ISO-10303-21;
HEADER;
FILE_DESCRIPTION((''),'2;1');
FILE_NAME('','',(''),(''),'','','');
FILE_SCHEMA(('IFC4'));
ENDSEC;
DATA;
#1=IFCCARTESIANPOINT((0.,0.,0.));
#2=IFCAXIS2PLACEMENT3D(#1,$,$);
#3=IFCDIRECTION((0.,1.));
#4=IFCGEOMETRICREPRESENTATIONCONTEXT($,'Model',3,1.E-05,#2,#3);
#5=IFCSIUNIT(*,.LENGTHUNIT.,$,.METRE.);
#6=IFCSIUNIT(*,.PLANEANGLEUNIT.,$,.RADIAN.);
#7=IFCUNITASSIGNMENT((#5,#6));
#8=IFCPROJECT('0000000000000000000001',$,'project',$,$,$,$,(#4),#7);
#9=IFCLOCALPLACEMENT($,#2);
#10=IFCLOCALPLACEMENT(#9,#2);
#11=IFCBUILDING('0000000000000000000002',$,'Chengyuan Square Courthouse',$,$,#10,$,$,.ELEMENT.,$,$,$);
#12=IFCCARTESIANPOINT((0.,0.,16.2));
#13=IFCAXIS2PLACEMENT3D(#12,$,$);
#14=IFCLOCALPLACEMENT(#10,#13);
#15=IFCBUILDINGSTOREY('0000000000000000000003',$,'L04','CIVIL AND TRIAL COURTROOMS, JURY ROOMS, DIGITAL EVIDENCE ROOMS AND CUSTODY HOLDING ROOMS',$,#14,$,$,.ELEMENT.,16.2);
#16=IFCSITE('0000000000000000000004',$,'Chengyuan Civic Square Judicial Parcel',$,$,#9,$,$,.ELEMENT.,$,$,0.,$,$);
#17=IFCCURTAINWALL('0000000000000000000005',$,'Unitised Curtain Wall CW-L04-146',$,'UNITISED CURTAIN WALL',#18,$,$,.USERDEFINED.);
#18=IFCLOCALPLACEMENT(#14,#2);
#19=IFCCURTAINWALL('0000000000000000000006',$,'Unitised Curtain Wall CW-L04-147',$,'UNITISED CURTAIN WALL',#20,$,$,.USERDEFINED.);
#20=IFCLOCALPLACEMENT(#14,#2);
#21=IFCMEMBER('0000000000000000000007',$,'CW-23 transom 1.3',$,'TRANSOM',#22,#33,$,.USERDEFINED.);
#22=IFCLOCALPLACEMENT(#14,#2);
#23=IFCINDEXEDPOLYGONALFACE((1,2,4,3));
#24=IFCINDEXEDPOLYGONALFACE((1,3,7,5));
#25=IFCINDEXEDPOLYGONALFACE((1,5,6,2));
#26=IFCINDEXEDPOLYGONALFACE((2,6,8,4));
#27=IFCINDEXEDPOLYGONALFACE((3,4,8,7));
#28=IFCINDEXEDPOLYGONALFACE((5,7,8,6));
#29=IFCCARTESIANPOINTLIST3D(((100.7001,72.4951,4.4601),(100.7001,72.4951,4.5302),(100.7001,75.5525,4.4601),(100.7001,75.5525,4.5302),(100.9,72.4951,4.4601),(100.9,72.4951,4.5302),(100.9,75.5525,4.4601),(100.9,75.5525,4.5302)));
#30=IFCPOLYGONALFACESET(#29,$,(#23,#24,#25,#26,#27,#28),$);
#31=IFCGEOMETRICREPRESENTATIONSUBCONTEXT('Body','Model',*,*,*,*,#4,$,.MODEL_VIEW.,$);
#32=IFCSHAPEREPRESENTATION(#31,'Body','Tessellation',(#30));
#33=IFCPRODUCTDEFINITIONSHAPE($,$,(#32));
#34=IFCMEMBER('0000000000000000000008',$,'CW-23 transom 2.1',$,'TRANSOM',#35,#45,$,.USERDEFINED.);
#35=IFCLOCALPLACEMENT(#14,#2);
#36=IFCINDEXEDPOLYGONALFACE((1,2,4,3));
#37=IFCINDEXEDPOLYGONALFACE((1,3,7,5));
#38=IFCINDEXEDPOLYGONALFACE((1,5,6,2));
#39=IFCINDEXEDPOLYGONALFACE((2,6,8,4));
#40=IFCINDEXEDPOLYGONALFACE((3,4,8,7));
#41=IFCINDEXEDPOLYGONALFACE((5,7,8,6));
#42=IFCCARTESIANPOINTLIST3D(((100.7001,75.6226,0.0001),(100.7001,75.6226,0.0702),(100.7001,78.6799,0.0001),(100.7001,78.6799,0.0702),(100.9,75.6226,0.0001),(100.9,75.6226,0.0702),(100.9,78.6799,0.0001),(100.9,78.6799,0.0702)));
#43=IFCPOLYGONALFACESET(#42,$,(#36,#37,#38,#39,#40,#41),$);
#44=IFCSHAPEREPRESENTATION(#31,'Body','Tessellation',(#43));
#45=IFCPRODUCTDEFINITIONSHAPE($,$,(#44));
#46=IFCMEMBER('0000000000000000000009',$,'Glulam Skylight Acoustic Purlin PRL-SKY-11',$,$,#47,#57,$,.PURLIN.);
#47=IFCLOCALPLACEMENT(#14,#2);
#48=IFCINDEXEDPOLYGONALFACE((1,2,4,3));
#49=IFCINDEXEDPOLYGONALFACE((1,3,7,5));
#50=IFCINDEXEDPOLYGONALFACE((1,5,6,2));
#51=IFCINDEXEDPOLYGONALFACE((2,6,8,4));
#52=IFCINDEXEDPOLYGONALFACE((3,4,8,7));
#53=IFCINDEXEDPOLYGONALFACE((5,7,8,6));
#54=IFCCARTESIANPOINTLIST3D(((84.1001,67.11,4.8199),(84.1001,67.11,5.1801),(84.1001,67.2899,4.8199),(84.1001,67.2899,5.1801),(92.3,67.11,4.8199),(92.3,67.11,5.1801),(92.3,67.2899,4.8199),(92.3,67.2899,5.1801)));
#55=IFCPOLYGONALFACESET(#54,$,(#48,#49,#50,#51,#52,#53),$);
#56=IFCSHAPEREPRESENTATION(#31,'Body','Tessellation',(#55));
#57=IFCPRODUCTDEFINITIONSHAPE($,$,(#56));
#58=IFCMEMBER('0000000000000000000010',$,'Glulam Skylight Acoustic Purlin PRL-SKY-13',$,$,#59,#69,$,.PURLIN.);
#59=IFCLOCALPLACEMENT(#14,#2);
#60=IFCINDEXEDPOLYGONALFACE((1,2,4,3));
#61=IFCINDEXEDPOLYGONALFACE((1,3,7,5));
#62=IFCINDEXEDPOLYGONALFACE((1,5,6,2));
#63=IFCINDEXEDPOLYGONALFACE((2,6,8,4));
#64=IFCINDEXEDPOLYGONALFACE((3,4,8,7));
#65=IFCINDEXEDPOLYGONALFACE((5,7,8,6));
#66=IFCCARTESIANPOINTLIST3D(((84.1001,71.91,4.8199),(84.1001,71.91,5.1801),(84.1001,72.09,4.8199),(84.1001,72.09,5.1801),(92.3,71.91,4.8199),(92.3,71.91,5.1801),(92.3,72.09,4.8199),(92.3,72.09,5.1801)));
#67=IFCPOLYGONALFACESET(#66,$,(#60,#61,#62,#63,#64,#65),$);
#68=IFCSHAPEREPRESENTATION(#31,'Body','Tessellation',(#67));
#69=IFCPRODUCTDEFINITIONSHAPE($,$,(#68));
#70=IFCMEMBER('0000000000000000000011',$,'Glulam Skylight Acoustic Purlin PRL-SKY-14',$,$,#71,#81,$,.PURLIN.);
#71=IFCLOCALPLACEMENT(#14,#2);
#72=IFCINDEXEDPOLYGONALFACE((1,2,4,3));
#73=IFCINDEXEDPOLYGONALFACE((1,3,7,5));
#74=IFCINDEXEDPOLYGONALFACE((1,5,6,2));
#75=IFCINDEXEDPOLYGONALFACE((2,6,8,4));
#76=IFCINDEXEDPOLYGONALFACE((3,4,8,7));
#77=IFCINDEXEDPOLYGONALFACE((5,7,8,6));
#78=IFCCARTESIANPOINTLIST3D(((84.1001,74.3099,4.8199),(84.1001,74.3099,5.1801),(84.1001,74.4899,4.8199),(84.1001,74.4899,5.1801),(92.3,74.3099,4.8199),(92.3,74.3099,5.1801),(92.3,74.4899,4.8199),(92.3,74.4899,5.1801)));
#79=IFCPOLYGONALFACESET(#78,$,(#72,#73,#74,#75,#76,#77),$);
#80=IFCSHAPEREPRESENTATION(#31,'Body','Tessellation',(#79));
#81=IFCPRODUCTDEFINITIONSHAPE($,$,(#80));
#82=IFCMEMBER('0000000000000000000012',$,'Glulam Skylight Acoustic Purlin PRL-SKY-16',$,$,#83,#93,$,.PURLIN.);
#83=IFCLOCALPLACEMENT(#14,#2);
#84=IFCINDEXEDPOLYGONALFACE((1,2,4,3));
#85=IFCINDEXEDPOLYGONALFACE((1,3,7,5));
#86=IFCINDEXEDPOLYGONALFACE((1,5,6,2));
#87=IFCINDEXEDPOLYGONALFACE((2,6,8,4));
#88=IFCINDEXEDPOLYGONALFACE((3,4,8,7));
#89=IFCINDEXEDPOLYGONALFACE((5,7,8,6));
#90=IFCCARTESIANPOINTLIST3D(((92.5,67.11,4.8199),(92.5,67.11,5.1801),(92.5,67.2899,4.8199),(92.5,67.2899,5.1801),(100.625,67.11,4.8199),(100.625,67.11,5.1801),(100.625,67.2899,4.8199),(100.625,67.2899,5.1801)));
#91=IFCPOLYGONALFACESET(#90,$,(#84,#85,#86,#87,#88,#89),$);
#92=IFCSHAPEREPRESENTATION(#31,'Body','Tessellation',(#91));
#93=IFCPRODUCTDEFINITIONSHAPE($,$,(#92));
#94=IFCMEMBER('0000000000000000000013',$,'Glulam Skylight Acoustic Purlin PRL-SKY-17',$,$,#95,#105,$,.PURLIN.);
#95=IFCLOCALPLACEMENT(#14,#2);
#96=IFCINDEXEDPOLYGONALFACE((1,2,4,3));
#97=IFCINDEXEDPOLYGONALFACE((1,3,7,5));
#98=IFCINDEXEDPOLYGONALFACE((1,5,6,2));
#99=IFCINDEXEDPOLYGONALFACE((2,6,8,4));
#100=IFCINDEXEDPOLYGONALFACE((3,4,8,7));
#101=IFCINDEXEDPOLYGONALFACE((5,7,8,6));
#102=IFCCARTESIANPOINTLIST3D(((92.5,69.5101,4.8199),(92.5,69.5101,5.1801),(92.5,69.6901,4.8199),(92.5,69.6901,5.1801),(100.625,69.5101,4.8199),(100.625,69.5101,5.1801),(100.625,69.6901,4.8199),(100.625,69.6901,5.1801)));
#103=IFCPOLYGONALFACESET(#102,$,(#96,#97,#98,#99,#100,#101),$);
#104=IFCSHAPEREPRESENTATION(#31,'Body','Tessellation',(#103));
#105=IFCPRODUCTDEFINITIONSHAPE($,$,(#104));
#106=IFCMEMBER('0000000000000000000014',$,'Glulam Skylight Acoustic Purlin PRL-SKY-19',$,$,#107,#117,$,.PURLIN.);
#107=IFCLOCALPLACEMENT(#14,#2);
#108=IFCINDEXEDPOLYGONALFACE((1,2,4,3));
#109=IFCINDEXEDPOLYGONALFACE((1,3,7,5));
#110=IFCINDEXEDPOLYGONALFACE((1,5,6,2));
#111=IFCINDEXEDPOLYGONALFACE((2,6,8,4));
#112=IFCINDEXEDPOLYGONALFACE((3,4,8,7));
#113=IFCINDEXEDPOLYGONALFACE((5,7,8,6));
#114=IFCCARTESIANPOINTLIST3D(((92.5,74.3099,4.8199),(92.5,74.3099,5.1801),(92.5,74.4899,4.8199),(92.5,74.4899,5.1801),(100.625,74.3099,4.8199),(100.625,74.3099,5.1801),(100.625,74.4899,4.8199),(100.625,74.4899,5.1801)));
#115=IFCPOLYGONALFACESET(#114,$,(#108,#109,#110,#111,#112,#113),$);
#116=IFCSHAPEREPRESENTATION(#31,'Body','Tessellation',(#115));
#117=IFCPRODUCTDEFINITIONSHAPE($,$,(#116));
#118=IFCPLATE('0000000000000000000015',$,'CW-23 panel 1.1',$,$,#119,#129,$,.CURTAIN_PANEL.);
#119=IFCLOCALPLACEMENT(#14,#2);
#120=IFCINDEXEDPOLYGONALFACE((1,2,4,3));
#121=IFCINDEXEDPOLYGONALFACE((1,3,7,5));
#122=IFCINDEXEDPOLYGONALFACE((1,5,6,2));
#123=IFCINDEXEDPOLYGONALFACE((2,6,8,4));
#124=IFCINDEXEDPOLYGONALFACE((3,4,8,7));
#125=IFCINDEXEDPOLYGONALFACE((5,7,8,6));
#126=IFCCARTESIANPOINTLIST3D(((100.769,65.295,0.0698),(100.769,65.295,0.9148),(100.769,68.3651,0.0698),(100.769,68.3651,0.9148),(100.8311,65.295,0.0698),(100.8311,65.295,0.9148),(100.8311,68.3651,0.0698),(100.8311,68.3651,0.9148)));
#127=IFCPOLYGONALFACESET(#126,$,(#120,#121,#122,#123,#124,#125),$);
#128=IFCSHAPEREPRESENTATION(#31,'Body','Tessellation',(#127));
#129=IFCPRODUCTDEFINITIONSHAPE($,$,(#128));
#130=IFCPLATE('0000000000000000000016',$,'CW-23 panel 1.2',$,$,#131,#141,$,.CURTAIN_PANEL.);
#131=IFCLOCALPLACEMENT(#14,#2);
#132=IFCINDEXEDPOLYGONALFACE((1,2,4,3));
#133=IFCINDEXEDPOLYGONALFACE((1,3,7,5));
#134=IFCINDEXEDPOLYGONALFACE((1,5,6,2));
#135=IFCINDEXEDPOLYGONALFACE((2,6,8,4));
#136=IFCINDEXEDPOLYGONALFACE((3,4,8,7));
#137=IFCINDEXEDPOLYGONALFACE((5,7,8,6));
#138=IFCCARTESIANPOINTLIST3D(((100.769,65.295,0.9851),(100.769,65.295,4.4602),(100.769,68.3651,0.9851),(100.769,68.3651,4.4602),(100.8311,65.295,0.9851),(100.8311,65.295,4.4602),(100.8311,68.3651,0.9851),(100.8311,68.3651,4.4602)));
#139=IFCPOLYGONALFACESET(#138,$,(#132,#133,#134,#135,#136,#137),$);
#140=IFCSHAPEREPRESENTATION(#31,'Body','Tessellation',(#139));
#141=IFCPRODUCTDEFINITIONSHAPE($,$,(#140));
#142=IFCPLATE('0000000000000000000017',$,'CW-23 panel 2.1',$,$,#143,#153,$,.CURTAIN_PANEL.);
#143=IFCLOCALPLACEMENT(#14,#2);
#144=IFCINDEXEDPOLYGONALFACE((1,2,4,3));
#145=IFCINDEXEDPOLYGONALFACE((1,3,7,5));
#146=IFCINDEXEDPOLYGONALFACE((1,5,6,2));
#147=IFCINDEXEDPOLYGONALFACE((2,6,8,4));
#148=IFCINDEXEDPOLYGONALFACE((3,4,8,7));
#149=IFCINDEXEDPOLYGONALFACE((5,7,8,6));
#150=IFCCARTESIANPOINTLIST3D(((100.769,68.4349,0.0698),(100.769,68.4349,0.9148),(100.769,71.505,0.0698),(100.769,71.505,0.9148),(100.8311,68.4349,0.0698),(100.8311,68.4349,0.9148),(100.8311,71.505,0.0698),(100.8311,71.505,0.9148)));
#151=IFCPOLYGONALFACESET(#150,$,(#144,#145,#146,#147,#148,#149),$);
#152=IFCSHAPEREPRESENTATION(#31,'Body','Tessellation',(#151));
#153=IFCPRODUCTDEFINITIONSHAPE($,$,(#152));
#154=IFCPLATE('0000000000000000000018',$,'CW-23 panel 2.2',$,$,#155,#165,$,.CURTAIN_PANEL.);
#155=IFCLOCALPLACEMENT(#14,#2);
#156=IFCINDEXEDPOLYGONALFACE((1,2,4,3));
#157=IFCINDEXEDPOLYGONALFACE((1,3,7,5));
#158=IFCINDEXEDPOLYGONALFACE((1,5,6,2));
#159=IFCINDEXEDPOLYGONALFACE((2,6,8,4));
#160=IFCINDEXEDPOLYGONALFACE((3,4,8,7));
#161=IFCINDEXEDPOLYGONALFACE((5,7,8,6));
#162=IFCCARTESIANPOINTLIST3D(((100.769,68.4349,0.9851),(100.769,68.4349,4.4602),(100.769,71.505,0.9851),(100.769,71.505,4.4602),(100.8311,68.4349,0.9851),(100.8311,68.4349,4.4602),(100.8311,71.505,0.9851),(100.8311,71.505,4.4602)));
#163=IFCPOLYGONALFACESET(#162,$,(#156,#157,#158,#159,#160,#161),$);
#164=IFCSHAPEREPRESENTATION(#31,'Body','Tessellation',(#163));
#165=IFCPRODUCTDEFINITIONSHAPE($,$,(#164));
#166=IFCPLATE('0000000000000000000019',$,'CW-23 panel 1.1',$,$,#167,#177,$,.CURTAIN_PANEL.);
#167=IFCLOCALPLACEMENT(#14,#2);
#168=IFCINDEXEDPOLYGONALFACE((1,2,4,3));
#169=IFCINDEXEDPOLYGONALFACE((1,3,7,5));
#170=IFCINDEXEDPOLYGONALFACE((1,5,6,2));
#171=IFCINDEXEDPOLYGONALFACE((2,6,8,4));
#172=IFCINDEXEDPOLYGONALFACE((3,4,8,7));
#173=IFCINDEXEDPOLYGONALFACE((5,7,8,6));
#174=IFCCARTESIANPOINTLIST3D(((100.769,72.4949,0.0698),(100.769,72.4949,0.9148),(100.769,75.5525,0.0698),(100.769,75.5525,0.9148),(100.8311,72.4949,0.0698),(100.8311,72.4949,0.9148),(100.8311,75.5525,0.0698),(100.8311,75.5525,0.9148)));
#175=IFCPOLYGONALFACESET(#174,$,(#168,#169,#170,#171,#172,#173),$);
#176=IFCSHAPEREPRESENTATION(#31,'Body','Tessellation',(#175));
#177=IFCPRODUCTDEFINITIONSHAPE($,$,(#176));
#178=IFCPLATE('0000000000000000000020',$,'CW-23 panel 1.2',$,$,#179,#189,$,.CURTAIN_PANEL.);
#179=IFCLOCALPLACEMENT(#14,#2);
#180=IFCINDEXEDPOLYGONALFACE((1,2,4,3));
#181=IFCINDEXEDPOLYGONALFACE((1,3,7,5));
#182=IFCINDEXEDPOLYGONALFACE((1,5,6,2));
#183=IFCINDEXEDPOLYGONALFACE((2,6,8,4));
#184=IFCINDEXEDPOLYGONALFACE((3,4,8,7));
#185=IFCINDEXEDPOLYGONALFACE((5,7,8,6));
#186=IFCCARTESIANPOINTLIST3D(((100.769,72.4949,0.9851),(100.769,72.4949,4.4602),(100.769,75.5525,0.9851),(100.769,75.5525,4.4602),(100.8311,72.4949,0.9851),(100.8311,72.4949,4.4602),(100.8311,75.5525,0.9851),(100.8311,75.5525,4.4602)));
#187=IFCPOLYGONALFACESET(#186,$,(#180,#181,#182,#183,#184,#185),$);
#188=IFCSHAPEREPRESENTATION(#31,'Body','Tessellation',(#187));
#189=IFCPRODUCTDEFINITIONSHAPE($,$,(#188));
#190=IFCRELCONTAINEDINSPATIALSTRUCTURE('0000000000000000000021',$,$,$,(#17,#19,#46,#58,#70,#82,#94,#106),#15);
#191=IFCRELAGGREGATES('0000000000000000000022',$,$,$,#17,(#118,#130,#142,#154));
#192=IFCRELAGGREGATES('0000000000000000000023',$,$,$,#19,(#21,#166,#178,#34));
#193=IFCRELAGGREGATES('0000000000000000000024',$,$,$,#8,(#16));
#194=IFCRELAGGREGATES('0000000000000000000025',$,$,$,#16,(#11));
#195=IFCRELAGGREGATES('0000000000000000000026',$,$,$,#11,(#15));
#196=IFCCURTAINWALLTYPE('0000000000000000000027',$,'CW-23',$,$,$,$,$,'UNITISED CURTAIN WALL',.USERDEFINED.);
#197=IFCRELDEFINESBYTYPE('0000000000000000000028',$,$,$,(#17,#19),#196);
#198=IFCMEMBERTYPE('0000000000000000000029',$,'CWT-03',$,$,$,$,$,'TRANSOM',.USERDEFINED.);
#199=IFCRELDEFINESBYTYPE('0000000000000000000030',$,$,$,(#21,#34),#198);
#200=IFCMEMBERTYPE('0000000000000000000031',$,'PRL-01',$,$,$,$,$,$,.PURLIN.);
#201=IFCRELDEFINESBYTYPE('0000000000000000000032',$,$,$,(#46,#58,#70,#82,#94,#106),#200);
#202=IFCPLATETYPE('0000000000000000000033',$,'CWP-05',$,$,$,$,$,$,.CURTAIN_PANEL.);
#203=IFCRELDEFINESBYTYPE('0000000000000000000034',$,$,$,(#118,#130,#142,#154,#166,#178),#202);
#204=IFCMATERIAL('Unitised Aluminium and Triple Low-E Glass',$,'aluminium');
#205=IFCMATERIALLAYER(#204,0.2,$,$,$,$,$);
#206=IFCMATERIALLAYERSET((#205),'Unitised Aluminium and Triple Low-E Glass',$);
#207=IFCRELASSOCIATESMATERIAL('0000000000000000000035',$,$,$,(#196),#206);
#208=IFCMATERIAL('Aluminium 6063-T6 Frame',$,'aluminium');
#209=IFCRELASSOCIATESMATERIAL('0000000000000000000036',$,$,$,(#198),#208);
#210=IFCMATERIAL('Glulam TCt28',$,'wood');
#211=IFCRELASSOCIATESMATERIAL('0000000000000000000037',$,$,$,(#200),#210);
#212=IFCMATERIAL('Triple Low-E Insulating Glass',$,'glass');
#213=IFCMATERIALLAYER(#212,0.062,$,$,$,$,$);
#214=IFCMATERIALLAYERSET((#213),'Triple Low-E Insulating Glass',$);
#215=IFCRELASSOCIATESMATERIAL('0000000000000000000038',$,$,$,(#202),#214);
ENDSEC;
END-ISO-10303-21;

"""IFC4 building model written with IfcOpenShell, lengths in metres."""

from ifc_helpers import new_model, si_unit, direction, frame, origin, origin_2d, place, context, subcontext, project, spatial, rectangle, extrude, material, layer, layer_set, material_profile, profile_set, type_object, element, aggregate, save


model = new_model("IFC4")

# Units and contexts
model_context = context("Model", 3, precision=1e-05, world=origin(), true_north=direction((0.0, 1.0)))
body_context = subcontext(model_context, "Body", "Model", "MODEL_VIEW")
ifc_project = project(units=[si_unit("LENGTHUNIT", "METRE"), si_unit("PLANEANGLEUNIT", "RADIAN")], contexts=[model_context])

# Site, building, storey
site_placement = place(None, origin())
site = spatial("IfcSite", under=ifc_project, at=site_placement, Name="Chengyuan Civic Square Judicial Parcel", CompositionType="ELEMENT", RefElevation=0.0)
building_placement = place(site_placement, origin())
building = spatial("IfcBuilding", under=site, at=building_placement, Name="Chengyuan Square Courthouse", CompositionType="ELEMENT")
storey_placement = place(building_placement, frame((0.0, 0.0, 16.2)))
storey = spatial("IfcBuildingStorey", under=building, at=storey_placement, Name="L04", Description="CIVIL AND TRIAL COURTROOMS, JURY ROOMS, DIGITAL EVIDENCE ROOMS AND CUSTODY HOLDING ROOMS", CompositionType="ELEMENT", Elevation=16.2)

# Curtain walls
ifc_material_1 = material(Name="Unitised Aluminium and Triple Low-E Glass", Category="aluminium")
ifc_layer_1 = layer(ifc_material_1, 0.2)
ifc_layer_set_1 = layer_set([ifc_layer_1], Name="Unitised Aluminium and Triple Low-E Glass")
curtain_wall_type = type_object("IfcCurtainWallType", Name="CW-23", ElementType="UNITISED CURTAIN WALL", PredefinedType="USERDEFINED", material=ifc_layer_set_1)
curtain_wall_1_placement = place(storey_placement, origin())
curtain_wall_1 = element("IfcCurtainWall", 1, at=curtain_wall_1_placement, inside=storey, type_object=curtain_wall_type, Name="Unitised Curtain Wall CW-L04-146", ObjectType="UNITISED CURTAIN WALL", PredefinedType="USERDEFINED")
ifc_material_2 = material(Name="Aluminium 6063-T6 Frame", Category="aluminium")
curtain_wall_2_placement = place(storey_placement, origin())
curtain_wall_2 = element("IfcCurtainWall", 2, at=curtain_wall_2_placement, inside=storey, type_object=curtain_wall_type, Name="Unitised Curtain Wall CW-L04-147", ObjectType="UNITISED CURTAIN WALL", PredefinedType="USERDEFINED")

# Members
ifc_material_profile_1 = material_profile(ifc_material_2, rectangle(XDim=0.2, YDim=0.0701, at=origin_2d()), Name="CW-TRN-70x160")
ifc_profile_set_1 = profile_set([ifc_material_profile_1], Name="Aluminium 6063-T6 Frame")
member_type_1 = type_object("IfcMemberType", Name="CWT-03", ElementType="TRANSOM", PredefinedType="USERDEFINED", material=ifc_profile_set_1)
member_1_placement = place(storey_placement, frame((100.8, 72.4951, 4.4951), z_axis=(0.0, 1.0, 0.0), x_axis=(-1.0, 0.0, 0.0)))
member_1 = element("IfcMember", 3, at=member_1_placement, type_object=member_type_1, Name="CW-23 transom 1.3", ObjectType="TRANSOM", PredefinedType="USERDEFINED", context=body_context, shape_type="SweptSolid", body=[
    extrude(rectangle(XDim=0.2, YDim=0.0701, at=origin_2d()), origin(), (0.0, 0.0, 1.0), 3.0574),
])
member_2_placement = place(storey_placement, frame((100.8, 75.6226, 0.0352), z_axis=(0.0, 1.0, 0.0), x_axis=(-1.0, 0.0, 0.0)))
member_2 = element("IfcMember", 4, at=member_2_placement, type_object=member_type_1, Name="CW-23 transom 2.1", ObjectType="TRANSOM", PredefinedType="USERDEFINED", context=body_context, shape_type="SweptSolid", body=[
    extrude(rectangle(XDim=0.2, YDim=0.0701, at=origin_2d()), origin(), (0.0, 0.0, 1.0), 3.0574),
])

# Members
ifc_material_3 = material(Name="Glulam TCt28", Category="wood")
ifc_material_profile_2 = material_profile(ifc_material_3, rectangle(XDim=0.1799, YDim=0.3601, at=origin_2d()), Name="GL-PRL-180x360")
ifc_profile_set_2 = profile_set([ifc_material_profile_2], Name="Glulam TCt28")
member_type_2 = type_object("IfcMemberType", Name="PRL-01", PredefinedType="PURLIN", material=ifc_profile_set_2)
for number, where, z_axis, x_axis, name in (
    (5, (84.1001, 67.2, 5.0), (1.0, 0.0, 0.0), (0.0, 1.0, 0.0), "Glulam Skylight Acoustic Purlin PRL-SKY-11"),
    (6, (84.1001, 72.0, 5.0), (1.0, 0.0, 0.0), (0.0, 1.0, 0.0), "Glulam Skylight Acoustic Purlin PRL-SKY-13"),
    (7, (84.1001, 74.3999, 5.0), (1.0, 0.0, 0.0), (0.0, 1.0, 0.0), "Glulam Skylight Acoustic Purlin PRL-SKY-14"),
):
    element("IfcMember", number, at=place(storey_placement, frame(where, z_axis=z_axis, x_axis=x_axis)), inside=storey, type_object=member_type_2, Name=name, PredefinedType="PURLIN", context=body_context, shape_type="SweptSolid", body=[
        extrude(rectangle(XDim=0.1799, YDim=0.3601, at=origin_2d()), origin(), (0.0, 0.0, 1.0), 8.2),
    ])
for number, where, z_axis, x_axis, name in (
    (8, (92.5, 67.2, 5.0), (1.0, 0.0, 0.0), (0.0, 1.0, 0.0), "Glulam Skylight Acoustic Purlin PRL-SKY-16"),
    (9, (92.5, 69.6001, 5.0), (1.0, 0.0, 0.0), (0.0, 1.0, 0.0), "Glulam Skylight Acoustic Purlin PRL-SKY-17"),
    (10, (92.5, 74.3999, 5.0), (1.0, 0.0, 0.0), (0.0, 1.0, 0.0), "Glulam Skylight Acoustic Purlin PRL-SKY-19"),
):
    element("IfcMember", number, at=place(storey_placement, frame(where, z_axis=z_axis, x_axis=x_axis)), inside=storey, type_object=member_type_2, Name=name, PredefinedType="PURLIN", context=body_context, shape_type="SweptSolid", body=[
        extrude(rectangle(XDim=0.1799, YDim=0.3601, at=origin_2d()), origin(), (0.0, 0.0, 1.0), 8.125),
    ])

# Plates
ifc_material_4 = material(Name="Triple Low-E Insulating Glass", Category="glass")
ifc_layer_2 = layer(ifc_material_4, 0.062)
ifc_layer_set_2 = layer_set([ifc_layer_2], Name="Triple Low-E Insulating Glass")
plate_type = type_object("IfcPlateType", Name="CWP-05", PredefinedType="CURTAIN_PANEL", material=ifc_layer_set_2)
plate_1_placement = place(storey_placement, frame((100.8, 66.8301, 0.0698), z_axis=(0.0, 0.0, 1.0), x_axis=(0.0, 1.0, 0.0)))
plate_1 = element("IfcPlate", 11, at=plate_1_placement, type_object=plate_type, Name="CW-23 panel 1.1", PredefinedType="CURTAIN_PANEL", context=body_context, shape_type="SweptSolid", body=[
    extrude(rectangle(XDim=3.0701, YDim=0.062, at=origin_2d()), origin(), (0.0, 0.0, 1.0), 0.845),
])
plate_2_placement = place(storey_placement, frame((100.8, 66.8301, 0.9851), z_axis=(0.0, 0.0, 1.0), x_axis=(0.0, 1.0, 0.0)))
plate_2 = element("IfcPlate", 12, at=plate_2_placement, type_object=plate_type, Name="CW-23 panel 1.2", PredefinedType="CURTAIN_PANEL", context=body_context, shape_type="SweptSolid", body=[
    extrude(rectangle(XDim=3.0701, YDim=0.062, at=origin_2d()), origin(), (0.0, 0.0, 1.0), 3.4751),
])
plate_3_placement = place(storey_placement, frame((100.8, 69.97, 0.0698), z_axis=(0.0, 0.0, 1.0), x_axis=(0.0, 1.0, 0.0)))
plate_3 = element("IfcPlate", 13, at=plate_3_placement, type_object=plate_type, Name="CW-23 panel 2.1", PredefinedType="CURTAIN_PANEL", context=body_context, shape_type="SweptSolid", body=[
    extrude(rectangle(XDim=3.0701, YDim=0.062, at=origin_2d()), origin(), (0.0, 0.0, 1.0), 0.845),
])
plate_4_placement = place(storey_placement, frame((100.8, 69.97, 0.9851), z_axis=(0.0, 0.0, 1.0), x_axis=(0.0, 1.0, 0.0)))
plate_4 = element("IfcPlate", 14, at=plate_4_placement, type_object=plate_type, Name="CW-23 panel 2.2", PredefinedType="CURTAIN_PANEL", context=body_context, shape_type="SweptSolid", body=[
    extrude(rectangle(XDim=3.0701, YDim=0.062, at=origin_2d()), origin(), (0.0, 0.0, 1.0), 3.4751),
])
aggregate(curtain_wall_1, [plate_1, plate_2, plate_3, plate_4])
plate_5_placement = place(storey_placement, frame((100.8, 74.0237, 0.0698), z_axis=(0.0, 0.0, 1.0), x_axis=(0.0, 1.0, 0.0)))
plate_5 = element("IfcPlate", 15, at=plate_5_placement, type_object=plate_type, Name="CW-23 panel 1.1", PredefinedType="CURTAIN_PANEL", context=body_context, shape_type="SweptSolid", body=[
    extrude(rectangle(XDim=3.0576, YDim=0.062, at=origin_2d()), origin(), (0.0, 0.0, 1.0), 0.845),
])
plate_6_placement = place(storey_placement, frame((100.8, 74.0237, 0.9851), z_axis=(0.0, 0.0, 1.0), x_axis=(0.0, 1.0, 0.0)))
plate_6 = element("IfcPlate", 16, at=plate_6_placement, type_object=plate_type, Name="CW-23 panel 1.2", PredefinedType="CURTAIN_PANEL", context=body_context, shape_type="SweptSolid", body=[
    extrude(rectangle(XDim=3.0576, YDim=0.062, at=origin_2d()), origin(), (0.0, 0.0, 1.0), 3.4751),
])
aggregate(curtain_wall_2, [member_1, plate_5, plate_6, member_2])

save(model, "model.ifc")
